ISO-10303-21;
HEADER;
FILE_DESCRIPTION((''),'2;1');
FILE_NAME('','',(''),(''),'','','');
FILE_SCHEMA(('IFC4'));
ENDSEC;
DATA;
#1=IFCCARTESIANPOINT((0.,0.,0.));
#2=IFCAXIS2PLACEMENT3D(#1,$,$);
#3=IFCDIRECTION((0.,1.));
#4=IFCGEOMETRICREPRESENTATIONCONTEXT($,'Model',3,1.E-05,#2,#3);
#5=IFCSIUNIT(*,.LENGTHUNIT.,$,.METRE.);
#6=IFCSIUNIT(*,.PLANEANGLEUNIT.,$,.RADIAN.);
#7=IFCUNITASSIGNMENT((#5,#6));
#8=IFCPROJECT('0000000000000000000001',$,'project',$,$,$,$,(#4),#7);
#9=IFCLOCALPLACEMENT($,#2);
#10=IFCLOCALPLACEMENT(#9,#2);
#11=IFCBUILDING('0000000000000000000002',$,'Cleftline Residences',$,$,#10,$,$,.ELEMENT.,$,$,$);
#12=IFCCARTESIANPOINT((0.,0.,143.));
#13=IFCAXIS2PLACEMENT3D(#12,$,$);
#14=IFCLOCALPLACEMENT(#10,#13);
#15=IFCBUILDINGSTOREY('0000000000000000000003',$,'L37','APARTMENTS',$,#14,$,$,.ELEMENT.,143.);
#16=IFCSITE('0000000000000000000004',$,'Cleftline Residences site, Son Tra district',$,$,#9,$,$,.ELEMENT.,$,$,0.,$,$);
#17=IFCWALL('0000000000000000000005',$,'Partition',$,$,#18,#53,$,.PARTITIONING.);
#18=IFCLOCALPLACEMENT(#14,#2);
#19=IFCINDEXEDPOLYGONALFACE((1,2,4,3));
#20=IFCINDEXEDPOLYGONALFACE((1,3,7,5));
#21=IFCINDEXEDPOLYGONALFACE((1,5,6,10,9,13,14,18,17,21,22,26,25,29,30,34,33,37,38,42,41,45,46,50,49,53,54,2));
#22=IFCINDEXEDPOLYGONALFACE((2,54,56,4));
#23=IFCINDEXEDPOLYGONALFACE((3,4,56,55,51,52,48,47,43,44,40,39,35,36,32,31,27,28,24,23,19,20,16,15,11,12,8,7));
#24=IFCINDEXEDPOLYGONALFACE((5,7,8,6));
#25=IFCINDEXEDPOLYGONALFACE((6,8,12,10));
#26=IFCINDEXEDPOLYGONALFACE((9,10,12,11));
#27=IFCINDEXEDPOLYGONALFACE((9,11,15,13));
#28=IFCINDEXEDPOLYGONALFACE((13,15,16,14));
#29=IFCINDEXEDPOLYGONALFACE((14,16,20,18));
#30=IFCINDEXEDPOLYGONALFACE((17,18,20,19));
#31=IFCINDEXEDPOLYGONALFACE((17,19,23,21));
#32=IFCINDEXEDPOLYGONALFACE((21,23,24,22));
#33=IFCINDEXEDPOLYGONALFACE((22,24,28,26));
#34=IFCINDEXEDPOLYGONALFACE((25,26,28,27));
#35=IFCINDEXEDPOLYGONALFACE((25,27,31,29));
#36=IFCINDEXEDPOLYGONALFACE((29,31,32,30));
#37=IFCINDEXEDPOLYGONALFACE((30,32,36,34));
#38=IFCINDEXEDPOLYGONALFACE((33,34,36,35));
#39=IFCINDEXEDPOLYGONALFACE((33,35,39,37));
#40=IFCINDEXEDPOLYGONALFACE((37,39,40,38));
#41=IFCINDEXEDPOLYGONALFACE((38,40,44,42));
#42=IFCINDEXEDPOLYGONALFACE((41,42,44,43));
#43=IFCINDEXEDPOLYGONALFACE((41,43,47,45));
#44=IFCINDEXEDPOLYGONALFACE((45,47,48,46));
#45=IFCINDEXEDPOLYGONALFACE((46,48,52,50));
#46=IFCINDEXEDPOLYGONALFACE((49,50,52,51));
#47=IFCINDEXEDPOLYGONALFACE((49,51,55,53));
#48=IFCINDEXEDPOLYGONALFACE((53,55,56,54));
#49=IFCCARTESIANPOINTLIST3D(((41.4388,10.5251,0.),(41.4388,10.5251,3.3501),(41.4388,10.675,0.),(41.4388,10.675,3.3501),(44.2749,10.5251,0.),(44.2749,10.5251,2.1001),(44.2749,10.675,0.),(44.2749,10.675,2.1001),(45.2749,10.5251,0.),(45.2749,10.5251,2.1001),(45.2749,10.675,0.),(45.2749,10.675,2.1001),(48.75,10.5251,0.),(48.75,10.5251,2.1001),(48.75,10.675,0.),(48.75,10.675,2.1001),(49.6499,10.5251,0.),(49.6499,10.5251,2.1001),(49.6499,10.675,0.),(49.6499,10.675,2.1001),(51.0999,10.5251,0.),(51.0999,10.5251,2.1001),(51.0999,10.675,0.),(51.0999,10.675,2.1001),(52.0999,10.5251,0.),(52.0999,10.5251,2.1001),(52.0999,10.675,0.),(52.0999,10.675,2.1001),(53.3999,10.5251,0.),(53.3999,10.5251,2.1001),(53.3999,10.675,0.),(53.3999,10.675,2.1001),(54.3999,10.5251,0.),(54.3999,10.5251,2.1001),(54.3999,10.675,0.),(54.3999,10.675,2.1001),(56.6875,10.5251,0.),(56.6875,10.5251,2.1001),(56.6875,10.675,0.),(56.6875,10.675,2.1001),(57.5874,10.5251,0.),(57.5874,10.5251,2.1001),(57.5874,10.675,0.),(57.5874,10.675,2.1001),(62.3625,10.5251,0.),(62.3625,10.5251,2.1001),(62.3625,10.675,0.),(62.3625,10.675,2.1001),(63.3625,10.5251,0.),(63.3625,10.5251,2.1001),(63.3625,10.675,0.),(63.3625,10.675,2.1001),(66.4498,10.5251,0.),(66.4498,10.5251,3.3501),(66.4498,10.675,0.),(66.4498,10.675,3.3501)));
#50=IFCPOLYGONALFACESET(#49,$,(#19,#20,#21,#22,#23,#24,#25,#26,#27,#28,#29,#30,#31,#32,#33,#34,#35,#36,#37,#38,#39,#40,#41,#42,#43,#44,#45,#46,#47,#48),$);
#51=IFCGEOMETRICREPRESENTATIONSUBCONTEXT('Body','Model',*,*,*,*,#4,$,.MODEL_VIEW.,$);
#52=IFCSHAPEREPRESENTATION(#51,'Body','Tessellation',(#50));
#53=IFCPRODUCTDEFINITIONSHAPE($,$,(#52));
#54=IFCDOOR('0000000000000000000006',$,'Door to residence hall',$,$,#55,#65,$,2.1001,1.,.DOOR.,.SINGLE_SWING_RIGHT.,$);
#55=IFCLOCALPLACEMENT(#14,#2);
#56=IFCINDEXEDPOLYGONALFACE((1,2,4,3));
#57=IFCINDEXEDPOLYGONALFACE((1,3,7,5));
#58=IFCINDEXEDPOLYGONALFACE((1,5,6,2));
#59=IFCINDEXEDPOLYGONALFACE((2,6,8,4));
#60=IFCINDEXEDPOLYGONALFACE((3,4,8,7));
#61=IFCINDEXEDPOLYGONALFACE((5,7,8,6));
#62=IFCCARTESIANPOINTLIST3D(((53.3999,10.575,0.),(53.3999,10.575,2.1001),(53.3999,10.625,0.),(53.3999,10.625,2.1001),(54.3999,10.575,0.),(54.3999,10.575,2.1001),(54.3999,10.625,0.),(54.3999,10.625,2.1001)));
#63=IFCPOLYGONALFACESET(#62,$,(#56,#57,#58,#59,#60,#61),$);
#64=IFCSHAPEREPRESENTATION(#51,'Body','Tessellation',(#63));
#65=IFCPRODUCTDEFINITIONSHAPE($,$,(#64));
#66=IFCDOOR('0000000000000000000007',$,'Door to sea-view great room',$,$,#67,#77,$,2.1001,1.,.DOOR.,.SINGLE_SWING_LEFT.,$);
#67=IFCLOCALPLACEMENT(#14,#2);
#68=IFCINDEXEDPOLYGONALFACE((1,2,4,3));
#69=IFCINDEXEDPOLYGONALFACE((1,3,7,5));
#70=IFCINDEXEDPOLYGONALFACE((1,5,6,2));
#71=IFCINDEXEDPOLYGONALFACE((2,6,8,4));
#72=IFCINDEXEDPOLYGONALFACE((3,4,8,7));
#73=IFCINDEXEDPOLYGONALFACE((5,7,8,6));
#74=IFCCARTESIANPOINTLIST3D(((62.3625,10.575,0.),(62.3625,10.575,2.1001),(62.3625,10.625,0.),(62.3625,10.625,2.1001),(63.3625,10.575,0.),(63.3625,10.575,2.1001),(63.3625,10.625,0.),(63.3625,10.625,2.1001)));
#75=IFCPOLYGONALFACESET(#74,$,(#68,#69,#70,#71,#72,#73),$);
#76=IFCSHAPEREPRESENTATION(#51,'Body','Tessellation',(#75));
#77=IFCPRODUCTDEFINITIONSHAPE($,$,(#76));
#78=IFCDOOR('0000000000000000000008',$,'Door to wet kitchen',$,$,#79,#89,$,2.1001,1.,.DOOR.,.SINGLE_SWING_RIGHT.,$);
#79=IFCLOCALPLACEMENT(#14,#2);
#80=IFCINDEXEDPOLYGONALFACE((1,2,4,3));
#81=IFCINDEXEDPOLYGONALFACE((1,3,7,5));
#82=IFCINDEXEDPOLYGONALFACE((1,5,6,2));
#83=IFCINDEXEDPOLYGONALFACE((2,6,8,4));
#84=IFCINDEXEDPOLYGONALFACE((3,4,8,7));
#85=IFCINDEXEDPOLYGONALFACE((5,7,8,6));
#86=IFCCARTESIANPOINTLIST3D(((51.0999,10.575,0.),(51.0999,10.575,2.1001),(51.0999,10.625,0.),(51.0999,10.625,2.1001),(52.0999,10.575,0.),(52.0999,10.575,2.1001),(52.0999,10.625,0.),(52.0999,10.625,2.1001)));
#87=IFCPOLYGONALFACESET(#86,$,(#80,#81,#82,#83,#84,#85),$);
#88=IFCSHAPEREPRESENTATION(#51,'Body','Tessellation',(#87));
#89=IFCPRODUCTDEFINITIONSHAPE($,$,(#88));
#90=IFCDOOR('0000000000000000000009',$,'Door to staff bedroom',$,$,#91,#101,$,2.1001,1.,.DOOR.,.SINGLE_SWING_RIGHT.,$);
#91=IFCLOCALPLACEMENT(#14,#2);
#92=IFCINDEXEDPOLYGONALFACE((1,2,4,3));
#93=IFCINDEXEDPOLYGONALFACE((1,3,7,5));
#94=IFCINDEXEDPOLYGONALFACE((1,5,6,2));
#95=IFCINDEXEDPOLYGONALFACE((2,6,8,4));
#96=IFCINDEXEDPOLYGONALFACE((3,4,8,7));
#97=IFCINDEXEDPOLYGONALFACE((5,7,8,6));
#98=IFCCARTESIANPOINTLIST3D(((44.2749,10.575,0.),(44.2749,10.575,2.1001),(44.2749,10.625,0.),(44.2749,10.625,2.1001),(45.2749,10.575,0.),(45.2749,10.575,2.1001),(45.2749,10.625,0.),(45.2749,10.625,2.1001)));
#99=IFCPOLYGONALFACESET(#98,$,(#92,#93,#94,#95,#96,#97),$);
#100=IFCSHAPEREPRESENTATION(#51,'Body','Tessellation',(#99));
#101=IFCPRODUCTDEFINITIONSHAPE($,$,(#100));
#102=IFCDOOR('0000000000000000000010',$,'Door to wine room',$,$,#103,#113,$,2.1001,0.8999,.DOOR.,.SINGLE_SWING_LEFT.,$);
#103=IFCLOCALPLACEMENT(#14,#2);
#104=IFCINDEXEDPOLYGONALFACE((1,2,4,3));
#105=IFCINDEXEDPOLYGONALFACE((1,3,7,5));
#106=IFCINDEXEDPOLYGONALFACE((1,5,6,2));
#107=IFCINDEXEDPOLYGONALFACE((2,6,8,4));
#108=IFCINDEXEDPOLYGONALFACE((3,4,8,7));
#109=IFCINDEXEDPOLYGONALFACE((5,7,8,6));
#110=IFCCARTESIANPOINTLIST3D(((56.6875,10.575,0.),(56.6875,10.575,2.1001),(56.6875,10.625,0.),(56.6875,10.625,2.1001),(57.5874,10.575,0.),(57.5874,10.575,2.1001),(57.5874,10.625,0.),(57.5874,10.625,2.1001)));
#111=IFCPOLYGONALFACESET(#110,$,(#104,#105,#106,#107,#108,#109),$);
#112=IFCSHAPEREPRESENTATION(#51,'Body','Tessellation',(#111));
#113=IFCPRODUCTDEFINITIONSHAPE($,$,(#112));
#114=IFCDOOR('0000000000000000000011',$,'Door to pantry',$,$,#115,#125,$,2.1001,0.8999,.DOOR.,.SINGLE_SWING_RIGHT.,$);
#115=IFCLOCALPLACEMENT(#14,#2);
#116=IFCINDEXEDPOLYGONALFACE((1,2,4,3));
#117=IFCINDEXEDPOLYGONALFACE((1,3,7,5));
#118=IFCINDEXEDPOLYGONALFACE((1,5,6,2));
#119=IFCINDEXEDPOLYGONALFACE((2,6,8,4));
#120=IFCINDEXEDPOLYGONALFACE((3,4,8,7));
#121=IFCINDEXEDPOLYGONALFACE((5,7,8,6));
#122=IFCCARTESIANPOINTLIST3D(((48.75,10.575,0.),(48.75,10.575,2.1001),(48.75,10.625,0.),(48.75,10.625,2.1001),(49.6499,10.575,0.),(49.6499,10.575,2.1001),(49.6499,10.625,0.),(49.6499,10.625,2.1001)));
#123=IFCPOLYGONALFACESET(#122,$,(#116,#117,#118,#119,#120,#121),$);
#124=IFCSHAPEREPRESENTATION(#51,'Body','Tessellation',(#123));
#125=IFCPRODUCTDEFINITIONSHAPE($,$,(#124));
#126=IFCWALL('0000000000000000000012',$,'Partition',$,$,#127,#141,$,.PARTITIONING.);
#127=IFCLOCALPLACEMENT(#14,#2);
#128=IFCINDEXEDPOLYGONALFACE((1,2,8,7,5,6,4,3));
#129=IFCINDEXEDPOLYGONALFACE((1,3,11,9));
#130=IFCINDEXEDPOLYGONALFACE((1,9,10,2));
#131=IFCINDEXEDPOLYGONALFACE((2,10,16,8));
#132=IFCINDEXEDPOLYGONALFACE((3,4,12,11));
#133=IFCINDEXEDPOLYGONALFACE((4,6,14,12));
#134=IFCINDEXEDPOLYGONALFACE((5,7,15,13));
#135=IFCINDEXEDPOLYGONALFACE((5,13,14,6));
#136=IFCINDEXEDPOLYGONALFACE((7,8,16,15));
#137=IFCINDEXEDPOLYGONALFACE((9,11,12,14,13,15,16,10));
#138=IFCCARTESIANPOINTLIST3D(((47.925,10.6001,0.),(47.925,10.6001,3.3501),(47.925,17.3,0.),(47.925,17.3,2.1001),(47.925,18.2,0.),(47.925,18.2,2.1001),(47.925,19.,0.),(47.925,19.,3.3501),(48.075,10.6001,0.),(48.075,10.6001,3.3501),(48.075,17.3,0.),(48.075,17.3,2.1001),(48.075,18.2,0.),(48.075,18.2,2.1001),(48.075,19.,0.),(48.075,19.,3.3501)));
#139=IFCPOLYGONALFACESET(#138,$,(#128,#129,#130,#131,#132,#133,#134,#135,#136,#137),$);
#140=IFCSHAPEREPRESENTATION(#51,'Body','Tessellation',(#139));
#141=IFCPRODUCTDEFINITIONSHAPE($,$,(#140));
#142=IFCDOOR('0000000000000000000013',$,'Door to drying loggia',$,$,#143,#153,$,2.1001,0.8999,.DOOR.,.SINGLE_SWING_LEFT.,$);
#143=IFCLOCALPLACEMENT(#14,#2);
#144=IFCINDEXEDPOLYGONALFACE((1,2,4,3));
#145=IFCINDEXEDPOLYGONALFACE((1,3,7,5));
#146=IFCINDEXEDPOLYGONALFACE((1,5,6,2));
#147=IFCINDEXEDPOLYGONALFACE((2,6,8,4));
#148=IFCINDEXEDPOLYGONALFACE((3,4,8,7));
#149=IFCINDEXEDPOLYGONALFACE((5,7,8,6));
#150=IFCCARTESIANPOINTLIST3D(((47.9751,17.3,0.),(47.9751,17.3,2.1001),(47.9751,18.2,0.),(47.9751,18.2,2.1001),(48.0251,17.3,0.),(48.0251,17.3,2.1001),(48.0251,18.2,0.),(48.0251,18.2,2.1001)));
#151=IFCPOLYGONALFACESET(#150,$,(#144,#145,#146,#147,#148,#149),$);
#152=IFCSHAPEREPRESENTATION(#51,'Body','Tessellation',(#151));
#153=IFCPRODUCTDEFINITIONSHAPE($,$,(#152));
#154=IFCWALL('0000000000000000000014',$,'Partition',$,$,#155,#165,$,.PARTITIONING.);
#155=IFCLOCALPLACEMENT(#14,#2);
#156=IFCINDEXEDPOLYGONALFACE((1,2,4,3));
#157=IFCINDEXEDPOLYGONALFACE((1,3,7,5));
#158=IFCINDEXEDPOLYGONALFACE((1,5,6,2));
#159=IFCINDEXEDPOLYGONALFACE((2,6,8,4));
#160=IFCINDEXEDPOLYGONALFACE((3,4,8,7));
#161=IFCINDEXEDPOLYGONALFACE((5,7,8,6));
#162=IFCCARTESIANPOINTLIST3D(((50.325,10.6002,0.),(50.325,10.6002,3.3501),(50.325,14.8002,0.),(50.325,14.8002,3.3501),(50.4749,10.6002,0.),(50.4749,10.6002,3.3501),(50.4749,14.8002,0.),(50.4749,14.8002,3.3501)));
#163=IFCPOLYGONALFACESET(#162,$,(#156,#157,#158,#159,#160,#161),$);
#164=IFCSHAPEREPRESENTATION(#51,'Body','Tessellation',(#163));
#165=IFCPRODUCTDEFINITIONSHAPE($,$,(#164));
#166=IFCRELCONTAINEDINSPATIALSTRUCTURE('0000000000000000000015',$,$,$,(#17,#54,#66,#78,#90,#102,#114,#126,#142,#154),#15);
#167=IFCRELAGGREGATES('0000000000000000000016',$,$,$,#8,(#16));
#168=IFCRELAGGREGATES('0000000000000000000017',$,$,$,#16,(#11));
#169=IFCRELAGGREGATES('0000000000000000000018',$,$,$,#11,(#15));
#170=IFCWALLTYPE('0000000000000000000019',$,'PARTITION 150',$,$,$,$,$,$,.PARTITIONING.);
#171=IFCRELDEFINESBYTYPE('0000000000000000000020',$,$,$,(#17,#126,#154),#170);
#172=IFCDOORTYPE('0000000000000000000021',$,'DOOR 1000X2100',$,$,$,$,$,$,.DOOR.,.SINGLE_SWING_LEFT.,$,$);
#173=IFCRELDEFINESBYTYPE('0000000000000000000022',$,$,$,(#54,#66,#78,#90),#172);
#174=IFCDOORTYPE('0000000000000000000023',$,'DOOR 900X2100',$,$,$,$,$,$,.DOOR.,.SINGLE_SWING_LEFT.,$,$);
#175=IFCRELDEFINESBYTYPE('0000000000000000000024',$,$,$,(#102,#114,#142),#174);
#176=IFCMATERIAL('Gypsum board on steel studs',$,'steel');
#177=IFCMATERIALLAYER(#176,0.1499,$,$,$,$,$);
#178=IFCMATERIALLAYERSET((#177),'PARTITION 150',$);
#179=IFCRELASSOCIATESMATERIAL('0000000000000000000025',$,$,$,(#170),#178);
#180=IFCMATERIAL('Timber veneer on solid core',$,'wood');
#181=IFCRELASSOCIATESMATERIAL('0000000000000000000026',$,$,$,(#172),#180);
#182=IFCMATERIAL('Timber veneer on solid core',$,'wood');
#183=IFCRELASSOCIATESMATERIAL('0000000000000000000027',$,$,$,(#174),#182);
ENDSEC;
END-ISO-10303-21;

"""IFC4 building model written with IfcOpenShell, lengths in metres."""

from ifc_helpers import new_model, si_unit, direction, frame, frame_2d, origin, place, context, subcontext, project, spatial, rectangle, extrude, material, layer, layer_set, type_object, element, fill, save


model = new_model("IFC4")

# Units and contexts
model_context = context("Model", 3, precision=1e-05, world=origin(), true_north=direction((0.0, 1.0)))
body_context = subcontext(model_context, "Body", "Model", "MODEL_VIEW")
ifc_project = project(units=[si_unit("LENGTHUNIT", "METRE"), si_unit("PLANEANGLEUNIT", "RADIAN")], contexts=[model_context])

# Site, building, storey
site_placement = place(None, origin())
site = spatial("IfcSite", under=ifc_project, at=site_placement, Name="Cleftline Residences site, Son Tra district", CompositionType="ELEMENT", RefElevation=0.0)
building_placement = place(site_placement, origin())
building = spatial("IfcBuilding", under=site, at=building_placement, Name="Cleftline Residences", CompositionType="ELEMENT")
storey_placement = place(building_placement, frame((0.0, 0.0, 143.0)))
storey = spatial("IfcBuildingStorey", under=building, at=storey_placement, Name="L37", Description="APARTMENTS", CompositionType="ELEMENT", Elevation=143.0)

# Shared definitions
ifc_material_1 = material(Name="Gypsum board on steel studs", Category="steel")
ifc_layer_1 = layer(ifc_material_1, 0.1499)
ifc_layer_set_1 = layer_set([ifc_layer_1], Name="PARTITION 150")
wall_type = type_object("IfcWallType", Name="PARTITION 150", PredefinedType="PARTITIONING", material=ifc_layer_set_1)
ifc_material_2 = material(Name="Timber veneer on solid core", Category="wood")
door_type_1 = type_object("IfcDoorType", Name="DOOR 1000X2100", OperationType="SINGLE_SWING_LEFT", PredefinedType="DOOR", material=ifc_material_2)

# Wall, openings, doors
wall_1_placement = place(storey_placement, frame((41.439, 10.6001, 0.0), z_axis=(0.0, 0.0, 1.0), x_axis=(1.0, 0.0, 0.0)))
wall_1 = element("IfcWall", 1, at=wall_1_placement, inside=storey, type_object=wall_type, Name="Partition", PredefinedType="PARTITIONING", context=body_context, shape_type="SweptSolid", body=[
    extrude(rectangle(XDim=25.011, YDim=0.1499, at=frame_2d((12.5054, 0.0))), origin(), (0.0, 0.0, 1.0), 3.3501),
])
opening_1_placement = place(wall_1_placement, frame((11.9609, 0.0, 0.0)))
opening_1 = element("IfcOpeningElement", 2, at=opening_1_placement, cuts=wall_1, PredefinedType="OPENING", context=body_context, shape_type="SweptSolid", body=[
    extrude(rectangle(XDim=1.0, YDim=2.1001, at=frame_2d((0.5, 1.05))), frame((0.0, 0.085, 0.0), z_axis=(0.0, -1.0, 0.0), x_axis=(1.0, 0.0, 0.0)), (0.0, 0.0, 1.0), 0.1699),
])
opening_2_placement = place(wall_1_placement, frame((20.9236, 0.0, 0.0)))
opening_2 = element("IfcOpeningElement", 3, at=opening_2_placement, cuts=wall_1, PredefinedType="OPENING", context=body_context, shape_type="SweptSolid", body=[
    extrude(rectangle(XDim=1.0, YDim=2.1001, at=frame_2d((0.5, 1.05))), frame((0.0, 0.085, 0.0), z_axis=(0.0, -1.0, 0.0), x_axis=(1.0, 0.0, 0.0)), (0.0, 0.0, 1.0), 0.1699),
])
opening_3_placement = place(wall_1_placement, frame((15.2485, 0.0, 0.0)))
opening_3 = element("IfcOpeningElement", 4, at=opening_3_placement, cuts=wall_1, PredefinedType="OPENING", context=body_context, shape_type="SweptSolid", body=[
    extrude(rectangle(XDim=0.8999, YDim=2.1001, at=frame_2d((0.45, 1.05))), frame((0.0, 0.085, 0.0), z_axis=(0.0, -1.0, 0.0), x_axis=(1.0, 0.0, 0.0)), (0.0, 0.0, 1.0), 0.1699),
])
opening_4_placement = place(wall_1_placement, frame((9.6609, 0.0, 0.0)))
opening_4 = element("IfcOpeningElement", 5, at=opening_4_placement, cuts=wall_1, PredefinedType="OPENING", context=body_context, shape_type="SweptSolid", body=[
    extrude(rectangle(XDim=1.0, YDim=2.1001, at=frame_2d((0.5, 1.05))), frame((0.0, 0.085, 0.0), z_axis=(0.0, -1.0, 0.0), x_axis=(1.0, 0.0, 0.0)), (0.0, 0.0, 1.0), 0.1699),
])
opening_5_placement = place(wall_1_placement, frame((7.311, 0.0, 0.0)))
opening_5 = element("IfcOpeningElement", 6, at=opening_5_placement, cuts=wall_1, PredefinedType="OPENING", context=body_context, shape_type="SweptSolid", body=[
    extrude(rectangle(XDim=0.8999, YDim=2.1001, at=frame_2d((0.45, 1.05))), frame((0.0, 0.085, 0.0), z_axis=(0.0, -1.0, 0.0), x_axis=(1.0, 0.0, 0.0)), (0.0, 0.0, 1.0), 0.1699),
])
opening_6_placement = place(wall_1_placement, frame((2.8359, 0.0, 0.0)))
opening_6 = element("IfcOpeningElement", 7, at=opening_6_placement, cuts=wall_1, PredefinedType="OPENING", context=body_context, shape_type="SweptSolid", body=[
    extrude(rectangle(XDim=1.0, YDim=2.1001, at=frame_2d((0.5, 1.05))), frame((0.0, 0.085, 0.0), z_axis=(0.0, -1.0, 0.0), x_axis=(1.0, 0.0, 0.0)), (0.0, 0.0, 1.0), 0.1699),
])
door_1_placement = place(opening_1_placement, origin())
door_1 = element("IfcDoor", 8, at=door_1_placement, inside=storey, type_object=door_type_1, Name="Door to residence hall", OperationType="SINGLE_SWING_RIGHT", OverallHeight=2.1001, OverallWidth=1.0, PredefinedType="DOOR", context=body_context, shape_type="SweptSolid", body=[
    extrude(rectangle(XDim=1.0, YDim=2.1001, at=frame_2d((0.5, 1.05))), frame((0.0, 0.0249, 0.0), z_axis=(0.0, -1.0, 0.0), x_axis=(1.0, 0.0, 0.0)), (0.0, 0.0, 1.0), 0.05),
])
fill(opening_1, door_1)
door_2_placement = place(opening_2_placement, origin())
door_2 = element("IfcDoor", 9, at=door_2_placement, inside=storey, type_object=door_type_1, Name="Door to sea-view great room", OperationType="SINGLE_SWING_LEFT", OverallHeight=2.1001, OverallWidth=1.0, PredefinedType="DOOR", context=body_context, shape_type="SweptSolid", body=[
    extrude(rectangle(XDim=1.0, YDim=2.1001, at=frame_2d((0.5, 1.05))), frame((0.0, 0.0249, 0.0), z_axis=(0.0, -1.0, 0.0), x_axis=(1.0, 0.0, 0.0)), (0.0, 0.0, 1.0), 0.05),
])
fill(opening_2, door_2)
door_3_placement = place(opening_4_placement, origin())
door_3 = element("IfcDoor", 10, at=door_3_placement, inside=storey, type_object=door_type_1, Name="Door to wet kitchen", OperationType="SINGLE_SWING_RIGHT", OverallHeight=2.1001, OverallWidth=1.0, PredefinedType="DOOR", context=body_context, shape_type="SweptSolid", body=[
    extrude(rectangle(XDim=1.0, YDim=2.1001, at=frame_2d((0.5, 1.05))), frame((0.0, 0.0249, 0.0), z_axis=(0.0, -1.0, 0.0), x_axis=(1.0, 0.0, 0.0)), (0.0, 0.0, 1.0), 0.05),
])
fill(opening_4, door_3)
door_4_placement = place(opening_6_placement, origin())
door_4 = element("IfcDoor", 11, at=door_4_placement, inside=storey, type_object=door_type_1, Name="Door to staff bedroom", OperationType="SINGLE_SWING_RIGHT", OverallHeight=2.1001, OverallWidth=1.0, PredefinedType="DOOR", context=body_context, shape_type="SweptSolid", body=[
    extrude(rectangle(XDim=1.0, YDim=2.1001, at=frame_2d((0.5, 1.05))), frame((0.0, 0.0249, 0.0), z_axis=(0.0, -1.0, 0.0), x_axis=(1.0, 0.0, 0.0)), (0.0, 0.0, 1.0), 0.05),
])
fill(opening_6, door_4)
ifc_material_3 = material(Name="Timber veneer on solid core", Category="wood")
door_type_2 = type_object("IfcDoorType", Name="DOOR 900X2100", OperationType="SINGLE_SWING_LEFT", PredefinedType="DOOR", material=ifc_material_3)
door_5_placement = place(opening_3_placement, origin())
door_5 = element("IfcDoor", 12, at=door_5_placement, inside=storey, type_object=door_type_2, Name="Door to wine room", OperationType="SINGLE_SWING_LEFT", OverallHeight=2.1001, OverallWidth=0.8999, PredefinedType="DOOR", context=body_context, shape_type="SweptSolid", body=[
    extrude(rectangle(XDim=0.8999, YDim=2.1001, at=frame_2d((0.45, 1.05))), frame((0.0, 0.0249, 0.0), z_axis=(0.0, -1.0, 0.0), x_axis=(1.0, 0.0, 0.0)), (0.0, 0.0, 1.0), 0.05),
])
fill(opening_3, door_5)
door_6_placement = place(opening_5_placement, origin())
door_6 = element("IfcDoor", 13, at=door_6_placement, inside=storey, type_object=door_type_2, Name="Door to pantry", OperationType="SINGLE_SWING_RIGHT", OverallHeight=2.1001, OverallWidth=0.8999, PredefinedType="DOOR", context=body_context, shape_type="SweptSolid", body=[
    extrude(rectangle(XDim=0.8999, YDim=2.1001, at=frame_2d((0.45, 1.05))), frame((0.0, 0.0249, 0.0), z_axis=(0.0, -1.0, 0.0), x_axis=(1.0, 0.0, 0.0)), (0.0, 0.0, 1.0), 0.05),
])
fill(opening_5, door_6)

# Wall, opening, door
wall_2_placement = place(storey_placement, frame((48.0, 10.6001, 0.0), z_axis=(0.0, 0.0, 1.0), x_axis=(0.0, 1.0, 0.0)))
wall_2 = element("IfcWall", 14, at=wall_2_placement, inside=storey, type_object=wall_type, Name="Partition", PredefinedType="PARTITIONING", context=body_context, shape_type="SweptSolid", body=[
    extrude(rectangle(XDim=8.3999, YDim=0.1499, at=frame_2d((4.2, 0.0))), origin(), (0.0, 0.0, 1.0), 3.3501),
])
opening_7_placement = place(wall_2_placement, frame((6.7, 0.0, 0.0)))
opening_7 = element("IfcOpeningElement", 15, at=opening_7_placement, cuts=wall_2, PredefinedType="OPENING", context=body_context, shape_type="SweptSolid", body=[
    extrude(rectangle(XDim=0.8999, YDim=2.1001, at=frame_2d((0.45, 1.05))), frame((0.0, 0.085, 0.0), z_axis=(0.0, -1.0, 0.0), x_axis=(1.0, 0.0, 0.0)), (0.0, 0.0, 1.0), 0.1699),
])
door_7_placement = place(opening_7_placement, origin())
door_7 = element("IfcDoor", 16, at=door_7_placement, inside=storey, type_object=door_type_2, Name="Door to drying loggia", OperationType="SINGLE_SWING_LEFT", OverallHeight=2.1001, OverallWidth=0.8999, PredefinedType="DOOR", context=body_context, shape_type="SweptSolid", body=[
    extrude(rectangle(XDim=0.8999, YDim=2.1001, at=frame_2d((0.45, 1.05))), frame((0.0, 0.0249, 0.0), z_axis=(0.0, -1.0, 0.0), x_axis=(1.0, 0.0, 0.0)), (0.0, 0.0, 1.0), 0.05),
])
fill(opening_7, door_7)

# Wall
wall_3_placement = place(storey_placement, frame((50.3999, 10.6001, 0.0), z_axis=(0.0, 0.0, 1.0), x_axis=(0.0, 1.0, 0.0)))
element("IfcWall", 17, at=wall_3_placement, inside=storey, type_object=wall_type, Name="Partition", PredefinedType="PARTITIONING", context=body_context, shape_type="SweptSolid", body=[
    extrude(rectangle(XDim=4.2, YDim=0.1499, at=frame_2d((2.1001, 0.0))), origin(), (0.0, 0.0, 1.0), 3.3501),
])

save(model, "model.ifc")
